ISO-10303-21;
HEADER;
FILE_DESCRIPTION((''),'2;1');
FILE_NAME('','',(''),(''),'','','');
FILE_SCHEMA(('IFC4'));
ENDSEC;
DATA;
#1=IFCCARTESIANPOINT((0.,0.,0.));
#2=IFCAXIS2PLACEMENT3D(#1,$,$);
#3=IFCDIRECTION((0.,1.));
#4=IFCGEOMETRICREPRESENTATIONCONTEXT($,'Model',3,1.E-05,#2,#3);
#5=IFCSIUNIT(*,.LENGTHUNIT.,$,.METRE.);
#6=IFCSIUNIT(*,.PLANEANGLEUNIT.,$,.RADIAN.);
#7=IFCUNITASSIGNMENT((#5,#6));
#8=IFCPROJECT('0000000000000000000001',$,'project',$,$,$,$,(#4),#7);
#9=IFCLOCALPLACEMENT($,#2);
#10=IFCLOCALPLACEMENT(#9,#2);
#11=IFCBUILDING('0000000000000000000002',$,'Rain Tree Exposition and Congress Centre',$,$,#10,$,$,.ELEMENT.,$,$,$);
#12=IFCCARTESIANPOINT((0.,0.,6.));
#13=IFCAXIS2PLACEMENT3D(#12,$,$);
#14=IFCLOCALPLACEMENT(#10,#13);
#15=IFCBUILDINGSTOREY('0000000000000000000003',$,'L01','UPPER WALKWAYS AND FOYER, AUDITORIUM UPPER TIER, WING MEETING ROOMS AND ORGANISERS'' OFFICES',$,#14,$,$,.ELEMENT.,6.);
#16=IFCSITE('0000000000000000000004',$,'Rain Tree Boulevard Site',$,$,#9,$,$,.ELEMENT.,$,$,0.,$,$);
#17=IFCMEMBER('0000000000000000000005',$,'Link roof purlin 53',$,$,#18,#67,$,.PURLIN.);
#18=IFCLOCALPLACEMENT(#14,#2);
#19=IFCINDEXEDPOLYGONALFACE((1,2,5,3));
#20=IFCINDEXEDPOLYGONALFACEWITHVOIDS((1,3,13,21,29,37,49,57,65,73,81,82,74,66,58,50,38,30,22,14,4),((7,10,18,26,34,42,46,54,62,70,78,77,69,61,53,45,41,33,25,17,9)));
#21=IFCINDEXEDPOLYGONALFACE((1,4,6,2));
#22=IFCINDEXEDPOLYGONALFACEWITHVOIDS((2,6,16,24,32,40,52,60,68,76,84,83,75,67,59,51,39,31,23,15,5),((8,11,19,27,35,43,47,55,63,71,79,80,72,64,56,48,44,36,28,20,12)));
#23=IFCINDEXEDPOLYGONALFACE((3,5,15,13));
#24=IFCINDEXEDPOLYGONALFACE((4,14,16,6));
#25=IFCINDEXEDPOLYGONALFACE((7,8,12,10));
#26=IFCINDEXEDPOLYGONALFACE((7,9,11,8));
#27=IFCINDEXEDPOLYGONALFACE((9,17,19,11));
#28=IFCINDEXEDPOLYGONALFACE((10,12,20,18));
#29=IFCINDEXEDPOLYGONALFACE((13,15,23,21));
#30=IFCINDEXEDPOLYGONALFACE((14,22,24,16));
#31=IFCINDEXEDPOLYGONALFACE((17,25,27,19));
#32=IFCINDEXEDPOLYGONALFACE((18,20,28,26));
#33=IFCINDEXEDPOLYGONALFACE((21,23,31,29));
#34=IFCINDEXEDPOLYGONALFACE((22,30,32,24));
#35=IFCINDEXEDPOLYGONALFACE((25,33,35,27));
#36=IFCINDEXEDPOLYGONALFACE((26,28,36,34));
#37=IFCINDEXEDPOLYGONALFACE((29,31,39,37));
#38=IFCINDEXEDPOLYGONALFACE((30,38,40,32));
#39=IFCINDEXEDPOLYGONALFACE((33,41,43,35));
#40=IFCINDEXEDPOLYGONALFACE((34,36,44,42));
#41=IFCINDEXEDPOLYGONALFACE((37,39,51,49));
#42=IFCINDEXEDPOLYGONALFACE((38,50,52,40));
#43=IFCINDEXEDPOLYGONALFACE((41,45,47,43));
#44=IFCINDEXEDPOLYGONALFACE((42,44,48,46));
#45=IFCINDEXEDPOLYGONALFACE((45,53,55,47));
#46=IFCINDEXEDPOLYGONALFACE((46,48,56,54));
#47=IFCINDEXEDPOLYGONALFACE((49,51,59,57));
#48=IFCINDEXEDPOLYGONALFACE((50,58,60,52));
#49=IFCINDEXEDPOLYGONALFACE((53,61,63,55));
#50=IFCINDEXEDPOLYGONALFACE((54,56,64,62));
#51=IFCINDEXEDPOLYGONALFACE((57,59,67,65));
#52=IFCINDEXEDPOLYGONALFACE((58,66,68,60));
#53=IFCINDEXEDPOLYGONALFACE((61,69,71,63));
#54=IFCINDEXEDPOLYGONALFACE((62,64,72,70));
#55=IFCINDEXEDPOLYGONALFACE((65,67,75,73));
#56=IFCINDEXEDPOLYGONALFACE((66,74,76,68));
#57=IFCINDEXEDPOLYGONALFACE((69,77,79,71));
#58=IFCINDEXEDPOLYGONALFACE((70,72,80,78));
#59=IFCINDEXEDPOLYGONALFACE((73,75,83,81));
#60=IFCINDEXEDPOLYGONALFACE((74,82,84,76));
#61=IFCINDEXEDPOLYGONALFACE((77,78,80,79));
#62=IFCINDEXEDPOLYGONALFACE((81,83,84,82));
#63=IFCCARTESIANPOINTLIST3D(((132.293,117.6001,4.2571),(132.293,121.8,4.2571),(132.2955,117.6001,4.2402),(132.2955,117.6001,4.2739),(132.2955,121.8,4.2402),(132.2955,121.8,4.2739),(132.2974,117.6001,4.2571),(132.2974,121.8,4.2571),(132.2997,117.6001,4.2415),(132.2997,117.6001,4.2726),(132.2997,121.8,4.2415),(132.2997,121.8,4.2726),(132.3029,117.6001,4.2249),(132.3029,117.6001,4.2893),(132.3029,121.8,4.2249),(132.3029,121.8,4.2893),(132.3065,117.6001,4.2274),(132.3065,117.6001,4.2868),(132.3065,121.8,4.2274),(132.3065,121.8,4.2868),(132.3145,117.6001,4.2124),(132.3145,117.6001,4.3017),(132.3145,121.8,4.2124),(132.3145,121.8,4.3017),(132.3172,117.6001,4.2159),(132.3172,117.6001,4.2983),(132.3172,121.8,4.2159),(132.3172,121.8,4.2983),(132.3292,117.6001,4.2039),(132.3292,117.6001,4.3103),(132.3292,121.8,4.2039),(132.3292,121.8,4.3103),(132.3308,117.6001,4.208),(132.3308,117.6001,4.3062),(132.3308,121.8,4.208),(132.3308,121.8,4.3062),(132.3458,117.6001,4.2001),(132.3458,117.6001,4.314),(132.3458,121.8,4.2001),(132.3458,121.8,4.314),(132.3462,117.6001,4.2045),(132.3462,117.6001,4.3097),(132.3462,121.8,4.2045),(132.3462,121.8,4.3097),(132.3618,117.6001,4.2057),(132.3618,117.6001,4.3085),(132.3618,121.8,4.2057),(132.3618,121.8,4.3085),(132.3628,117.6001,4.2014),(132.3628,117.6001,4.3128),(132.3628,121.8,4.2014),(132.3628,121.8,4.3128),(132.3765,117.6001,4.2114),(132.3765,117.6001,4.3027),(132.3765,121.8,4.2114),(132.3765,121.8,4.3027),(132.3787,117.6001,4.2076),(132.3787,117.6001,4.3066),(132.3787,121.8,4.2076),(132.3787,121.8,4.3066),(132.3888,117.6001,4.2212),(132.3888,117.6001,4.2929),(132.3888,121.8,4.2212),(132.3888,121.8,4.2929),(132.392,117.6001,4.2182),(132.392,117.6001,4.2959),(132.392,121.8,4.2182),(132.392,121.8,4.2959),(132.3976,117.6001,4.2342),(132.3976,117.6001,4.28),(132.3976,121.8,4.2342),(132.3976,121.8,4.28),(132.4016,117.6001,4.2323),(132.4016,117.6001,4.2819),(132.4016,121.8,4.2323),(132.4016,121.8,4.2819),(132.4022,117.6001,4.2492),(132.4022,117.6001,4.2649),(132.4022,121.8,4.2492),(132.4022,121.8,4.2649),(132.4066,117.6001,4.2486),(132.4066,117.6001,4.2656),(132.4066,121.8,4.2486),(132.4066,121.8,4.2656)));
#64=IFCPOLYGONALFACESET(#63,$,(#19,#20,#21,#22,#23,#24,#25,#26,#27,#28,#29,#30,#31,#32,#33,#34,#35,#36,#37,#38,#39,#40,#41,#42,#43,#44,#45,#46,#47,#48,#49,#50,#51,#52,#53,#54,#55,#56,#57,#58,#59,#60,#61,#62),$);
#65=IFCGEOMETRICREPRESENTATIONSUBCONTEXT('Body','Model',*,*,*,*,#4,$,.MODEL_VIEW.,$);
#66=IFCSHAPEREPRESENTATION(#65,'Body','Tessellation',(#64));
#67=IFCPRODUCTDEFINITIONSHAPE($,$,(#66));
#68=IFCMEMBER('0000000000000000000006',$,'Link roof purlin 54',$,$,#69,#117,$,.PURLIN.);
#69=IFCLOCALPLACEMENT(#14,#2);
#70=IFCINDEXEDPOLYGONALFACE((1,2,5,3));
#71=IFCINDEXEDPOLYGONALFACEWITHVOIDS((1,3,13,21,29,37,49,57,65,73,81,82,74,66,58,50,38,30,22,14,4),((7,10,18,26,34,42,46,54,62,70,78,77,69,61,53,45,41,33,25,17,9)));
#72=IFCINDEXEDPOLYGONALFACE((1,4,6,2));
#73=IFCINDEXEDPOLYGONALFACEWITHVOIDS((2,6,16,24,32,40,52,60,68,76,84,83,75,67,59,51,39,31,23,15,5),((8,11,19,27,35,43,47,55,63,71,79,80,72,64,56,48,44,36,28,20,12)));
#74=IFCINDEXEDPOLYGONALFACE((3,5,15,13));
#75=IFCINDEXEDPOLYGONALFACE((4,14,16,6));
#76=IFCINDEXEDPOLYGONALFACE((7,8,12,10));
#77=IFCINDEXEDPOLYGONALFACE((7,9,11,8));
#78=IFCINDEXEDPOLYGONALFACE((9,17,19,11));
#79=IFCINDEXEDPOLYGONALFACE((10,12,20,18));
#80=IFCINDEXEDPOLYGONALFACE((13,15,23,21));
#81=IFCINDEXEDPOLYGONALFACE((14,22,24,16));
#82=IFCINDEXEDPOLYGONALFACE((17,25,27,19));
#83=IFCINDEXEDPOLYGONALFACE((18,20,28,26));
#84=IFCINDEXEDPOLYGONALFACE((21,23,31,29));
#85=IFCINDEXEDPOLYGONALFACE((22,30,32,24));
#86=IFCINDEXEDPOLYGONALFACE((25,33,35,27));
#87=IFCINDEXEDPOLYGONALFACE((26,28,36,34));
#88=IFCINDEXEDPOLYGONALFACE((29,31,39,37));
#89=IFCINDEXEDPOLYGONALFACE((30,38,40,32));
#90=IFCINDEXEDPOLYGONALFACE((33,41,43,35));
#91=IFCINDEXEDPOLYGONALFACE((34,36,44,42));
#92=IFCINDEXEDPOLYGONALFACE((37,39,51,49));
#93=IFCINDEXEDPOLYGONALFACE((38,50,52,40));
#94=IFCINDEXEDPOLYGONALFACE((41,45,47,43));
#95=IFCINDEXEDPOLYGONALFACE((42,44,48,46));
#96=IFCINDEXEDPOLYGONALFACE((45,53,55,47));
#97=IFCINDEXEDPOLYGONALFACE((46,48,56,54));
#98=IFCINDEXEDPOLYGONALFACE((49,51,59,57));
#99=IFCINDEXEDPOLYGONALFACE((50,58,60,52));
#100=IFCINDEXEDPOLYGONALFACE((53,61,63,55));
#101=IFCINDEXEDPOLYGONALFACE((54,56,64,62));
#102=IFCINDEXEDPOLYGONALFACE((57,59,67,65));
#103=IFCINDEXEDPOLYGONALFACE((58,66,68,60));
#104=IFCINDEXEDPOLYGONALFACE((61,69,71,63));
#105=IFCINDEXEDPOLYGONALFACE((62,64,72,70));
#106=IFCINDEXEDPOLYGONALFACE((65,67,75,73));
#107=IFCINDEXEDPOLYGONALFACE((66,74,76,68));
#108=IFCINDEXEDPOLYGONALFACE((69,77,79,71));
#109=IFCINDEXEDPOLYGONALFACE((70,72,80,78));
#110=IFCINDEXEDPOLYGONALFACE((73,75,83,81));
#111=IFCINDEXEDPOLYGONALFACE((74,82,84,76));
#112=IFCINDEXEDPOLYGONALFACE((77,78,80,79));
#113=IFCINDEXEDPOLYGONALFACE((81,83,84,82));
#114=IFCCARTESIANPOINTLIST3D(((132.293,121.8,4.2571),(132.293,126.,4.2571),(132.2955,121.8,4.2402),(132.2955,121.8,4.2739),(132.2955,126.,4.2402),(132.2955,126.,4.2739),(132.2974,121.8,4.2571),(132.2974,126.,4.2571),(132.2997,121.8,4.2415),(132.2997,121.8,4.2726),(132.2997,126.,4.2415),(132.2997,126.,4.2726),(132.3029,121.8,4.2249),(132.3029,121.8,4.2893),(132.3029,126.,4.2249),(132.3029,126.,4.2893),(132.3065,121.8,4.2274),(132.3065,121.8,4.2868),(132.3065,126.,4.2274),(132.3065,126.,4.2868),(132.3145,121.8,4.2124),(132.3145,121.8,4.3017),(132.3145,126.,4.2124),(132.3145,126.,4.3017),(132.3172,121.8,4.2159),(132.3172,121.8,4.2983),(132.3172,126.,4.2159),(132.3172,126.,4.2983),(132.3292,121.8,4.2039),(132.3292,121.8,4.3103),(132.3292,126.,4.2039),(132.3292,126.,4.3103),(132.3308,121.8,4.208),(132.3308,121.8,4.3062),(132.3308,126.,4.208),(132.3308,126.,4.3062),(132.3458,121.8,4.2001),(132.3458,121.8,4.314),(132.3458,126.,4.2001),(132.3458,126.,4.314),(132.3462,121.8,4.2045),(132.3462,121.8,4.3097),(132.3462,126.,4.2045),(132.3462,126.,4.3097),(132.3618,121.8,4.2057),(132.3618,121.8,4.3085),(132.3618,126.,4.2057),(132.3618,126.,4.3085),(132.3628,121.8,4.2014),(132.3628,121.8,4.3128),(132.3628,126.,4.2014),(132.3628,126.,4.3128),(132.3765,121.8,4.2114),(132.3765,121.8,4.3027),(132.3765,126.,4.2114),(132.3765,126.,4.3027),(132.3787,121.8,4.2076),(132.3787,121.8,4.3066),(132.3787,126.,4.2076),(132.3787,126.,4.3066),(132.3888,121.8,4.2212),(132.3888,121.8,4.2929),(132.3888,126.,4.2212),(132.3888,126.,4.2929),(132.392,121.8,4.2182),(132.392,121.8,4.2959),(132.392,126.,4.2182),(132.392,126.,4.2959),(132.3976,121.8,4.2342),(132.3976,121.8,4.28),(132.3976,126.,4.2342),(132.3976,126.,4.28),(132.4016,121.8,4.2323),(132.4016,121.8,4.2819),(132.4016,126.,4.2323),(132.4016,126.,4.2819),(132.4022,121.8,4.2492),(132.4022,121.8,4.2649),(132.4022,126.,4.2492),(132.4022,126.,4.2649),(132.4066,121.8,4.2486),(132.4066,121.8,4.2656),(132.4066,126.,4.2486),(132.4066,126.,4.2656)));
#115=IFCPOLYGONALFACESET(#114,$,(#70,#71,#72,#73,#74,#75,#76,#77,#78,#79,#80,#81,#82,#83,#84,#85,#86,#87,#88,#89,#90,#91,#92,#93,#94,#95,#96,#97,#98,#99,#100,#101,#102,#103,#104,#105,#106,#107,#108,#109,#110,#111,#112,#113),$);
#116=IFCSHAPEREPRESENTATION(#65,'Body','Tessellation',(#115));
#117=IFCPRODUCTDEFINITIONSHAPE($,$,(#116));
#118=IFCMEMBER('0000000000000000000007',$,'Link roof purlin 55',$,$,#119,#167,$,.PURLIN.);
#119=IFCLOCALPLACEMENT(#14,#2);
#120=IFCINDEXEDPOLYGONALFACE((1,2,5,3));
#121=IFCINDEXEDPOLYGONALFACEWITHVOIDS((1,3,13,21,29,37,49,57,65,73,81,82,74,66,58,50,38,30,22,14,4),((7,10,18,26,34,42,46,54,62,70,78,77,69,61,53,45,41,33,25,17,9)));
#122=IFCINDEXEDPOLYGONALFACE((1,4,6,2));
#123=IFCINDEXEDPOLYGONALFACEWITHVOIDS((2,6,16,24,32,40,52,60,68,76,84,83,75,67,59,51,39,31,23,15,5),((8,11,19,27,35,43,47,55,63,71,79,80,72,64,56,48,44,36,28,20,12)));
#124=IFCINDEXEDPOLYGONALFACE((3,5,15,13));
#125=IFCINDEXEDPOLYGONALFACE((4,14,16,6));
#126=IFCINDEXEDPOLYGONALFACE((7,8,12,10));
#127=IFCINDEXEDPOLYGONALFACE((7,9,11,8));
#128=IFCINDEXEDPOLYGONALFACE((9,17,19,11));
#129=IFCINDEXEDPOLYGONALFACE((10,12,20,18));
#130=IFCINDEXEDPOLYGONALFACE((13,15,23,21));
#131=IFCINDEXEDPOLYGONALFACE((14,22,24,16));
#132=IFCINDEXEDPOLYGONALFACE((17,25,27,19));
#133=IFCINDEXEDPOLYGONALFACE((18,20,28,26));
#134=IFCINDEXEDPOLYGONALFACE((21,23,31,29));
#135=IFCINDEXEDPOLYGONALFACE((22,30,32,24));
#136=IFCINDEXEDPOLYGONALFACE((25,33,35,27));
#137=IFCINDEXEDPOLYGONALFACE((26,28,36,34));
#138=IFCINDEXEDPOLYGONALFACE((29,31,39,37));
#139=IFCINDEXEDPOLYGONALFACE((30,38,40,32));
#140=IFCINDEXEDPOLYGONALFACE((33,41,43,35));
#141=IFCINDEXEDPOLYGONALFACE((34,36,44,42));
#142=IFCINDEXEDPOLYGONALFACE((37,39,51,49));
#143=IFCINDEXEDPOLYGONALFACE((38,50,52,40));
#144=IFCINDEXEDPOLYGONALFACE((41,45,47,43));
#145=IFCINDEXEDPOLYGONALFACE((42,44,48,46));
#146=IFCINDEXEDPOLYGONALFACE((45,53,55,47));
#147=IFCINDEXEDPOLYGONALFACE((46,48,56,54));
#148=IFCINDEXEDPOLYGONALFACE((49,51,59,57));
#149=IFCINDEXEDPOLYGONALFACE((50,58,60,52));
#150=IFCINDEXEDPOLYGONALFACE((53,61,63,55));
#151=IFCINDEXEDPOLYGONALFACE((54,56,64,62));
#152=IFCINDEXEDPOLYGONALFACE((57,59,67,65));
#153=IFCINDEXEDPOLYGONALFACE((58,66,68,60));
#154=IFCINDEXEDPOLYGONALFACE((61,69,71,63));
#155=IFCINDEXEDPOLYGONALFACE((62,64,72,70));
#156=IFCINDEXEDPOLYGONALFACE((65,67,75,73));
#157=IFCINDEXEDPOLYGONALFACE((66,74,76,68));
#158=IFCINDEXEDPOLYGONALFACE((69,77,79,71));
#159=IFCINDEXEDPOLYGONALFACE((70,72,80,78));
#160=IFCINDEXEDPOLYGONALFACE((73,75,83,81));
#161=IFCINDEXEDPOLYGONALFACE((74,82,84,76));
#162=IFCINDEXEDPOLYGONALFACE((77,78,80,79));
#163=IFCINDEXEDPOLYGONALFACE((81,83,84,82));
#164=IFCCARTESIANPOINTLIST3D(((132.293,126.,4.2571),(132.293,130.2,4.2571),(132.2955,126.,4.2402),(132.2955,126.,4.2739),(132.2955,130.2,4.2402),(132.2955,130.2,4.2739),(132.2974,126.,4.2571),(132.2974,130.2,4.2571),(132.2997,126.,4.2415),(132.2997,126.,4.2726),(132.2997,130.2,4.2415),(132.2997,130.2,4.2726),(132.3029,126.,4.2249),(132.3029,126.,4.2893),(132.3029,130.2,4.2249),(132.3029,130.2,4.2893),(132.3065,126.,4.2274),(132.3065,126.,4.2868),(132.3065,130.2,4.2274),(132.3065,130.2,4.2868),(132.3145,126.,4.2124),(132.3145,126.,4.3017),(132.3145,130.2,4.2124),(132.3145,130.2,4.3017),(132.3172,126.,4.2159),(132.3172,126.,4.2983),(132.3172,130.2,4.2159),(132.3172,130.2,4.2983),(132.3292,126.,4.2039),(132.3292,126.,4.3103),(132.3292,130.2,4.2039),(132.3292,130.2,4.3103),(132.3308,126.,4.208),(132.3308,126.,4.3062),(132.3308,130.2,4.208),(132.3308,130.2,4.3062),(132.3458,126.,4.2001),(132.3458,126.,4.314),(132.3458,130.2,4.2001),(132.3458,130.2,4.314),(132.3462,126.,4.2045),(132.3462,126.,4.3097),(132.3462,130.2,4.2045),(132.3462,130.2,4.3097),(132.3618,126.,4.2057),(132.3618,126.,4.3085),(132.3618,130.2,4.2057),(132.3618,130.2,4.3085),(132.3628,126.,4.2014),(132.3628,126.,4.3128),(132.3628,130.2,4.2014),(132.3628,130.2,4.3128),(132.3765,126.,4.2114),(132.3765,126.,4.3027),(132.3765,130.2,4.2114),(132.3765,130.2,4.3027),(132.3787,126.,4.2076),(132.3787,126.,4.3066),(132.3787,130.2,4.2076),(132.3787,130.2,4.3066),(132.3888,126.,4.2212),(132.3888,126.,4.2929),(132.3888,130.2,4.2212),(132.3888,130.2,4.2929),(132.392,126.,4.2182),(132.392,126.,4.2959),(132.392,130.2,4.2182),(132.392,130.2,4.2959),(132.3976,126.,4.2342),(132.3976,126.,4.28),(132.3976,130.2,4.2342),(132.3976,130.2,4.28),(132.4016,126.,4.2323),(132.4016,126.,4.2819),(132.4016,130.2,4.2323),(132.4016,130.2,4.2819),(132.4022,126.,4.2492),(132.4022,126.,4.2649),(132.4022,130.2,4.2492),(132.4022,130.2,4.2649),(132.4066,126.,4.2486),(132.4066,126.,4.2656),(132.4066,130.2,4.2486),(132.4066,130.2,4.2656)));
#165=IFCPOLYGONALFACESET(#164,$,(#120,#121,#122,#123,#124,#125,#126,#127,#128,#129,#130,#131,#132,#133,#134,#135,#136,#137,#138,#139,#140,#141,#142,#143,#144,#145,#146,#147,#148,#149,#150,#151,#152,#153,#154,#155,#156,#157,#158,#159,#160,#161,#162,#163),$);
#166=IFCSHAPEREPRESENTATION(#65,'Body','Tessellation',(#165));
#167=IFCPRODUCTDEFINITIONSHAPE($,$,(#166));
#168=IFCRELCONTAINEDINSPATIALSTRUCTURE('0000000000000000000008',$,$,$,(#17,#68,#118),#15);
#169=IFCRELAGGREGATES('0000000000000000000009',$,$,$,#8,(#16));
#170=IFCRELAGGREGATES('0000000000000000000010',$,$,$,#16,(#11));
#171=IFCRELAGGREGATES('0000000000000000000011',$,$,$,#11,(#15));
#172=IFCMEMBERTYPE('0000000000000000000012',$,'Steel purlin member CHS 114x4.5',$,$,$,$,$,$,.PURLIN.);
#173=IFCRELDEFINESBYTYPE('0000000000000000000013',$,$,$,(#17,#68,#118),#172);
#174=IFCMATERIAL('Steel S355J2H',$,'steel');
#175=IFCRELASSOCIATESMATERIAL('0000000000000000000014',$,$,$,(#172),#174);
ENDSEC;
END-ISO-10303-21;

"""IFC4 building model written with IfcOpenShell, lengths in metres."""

from ifc_helpers import new_model, si_unit, direction, frame, origin, origin_2d, place, context, subcontext, project, spatial, hollow_circle, extrude, material, material_profile, profile_set, type_object, element, save


model = new_model("IFC4")

# Units and contexts
model_context = context("Model", 3, precision=1e-05, world=origin(), true_north=direction((0.0, 1.0)))
body_context = subcontext(model_context, "Body", "Model", "MODEL_VIEW")
ifc_project = project(units=[si_unit("LENGTHUNIT", "METRE"), si_unit("PLANEANGLEUNIT", "RADIAN")], contexts=[model_context])

# Site, building, storey
site_placement = place(None, origin())
site = spatial("IfcSite", under=ifc_project, at=site_placement, Name="Rain Tree Boulevard Site", CompositionType="ELEMENT", RefElevation=0.0)
building_placement = place(site_placement, origin())
building = spatial("IfcBuilding", under=site, at=building_placement, Name="Rain Tree Exposition and Congress Centre", CompositionType="ELEMENT")
storey_placement = place(building_placement, frame((0.0, 0.0, 6.0)))
storey = spatial("IfcBuildingStorey", under=building, at=storey_placement, Name="L01", Description="UPPER WALKWAYS AND FOYER, AUDITORIUM UPPER TIER, WING MEETING ROOMS AND ORGANISERS' OFFICES", CompositionType="ELEMENT", Elevation=6.0)

# Members
ifc_material_1 = material(Name="Steel S355J2H", Category="steel")
ifc_material_profile_1 = material_profile(ifc_material_1, hollow_circle(Radius=0.0571, WallThickness=0.0044, at=origin_2d()), Name="CHS 114x4.5")
ifc_profile_set_1 = profile_set([ifc_material_profile_1], Name="Steel S355J2H")
member_type = type_object("IfcMemberType", Name="Steel purlin member CHS 114x4.5", PredefinedType="PURLIN", material=ifc_profile_set_1)
for number, where, z_axis, x_axis, name in (
    (1, (132.3501, 117.6001, 4.2571), (0.0, 1.0, 0.0), (-1.0, 0.0, 0.0), "Link roof purlin 53"),
    (2, (132.3501, 121.8, 4.2571), (0.0, 1.0, 0.0), (-1.0, 0.0, 0.0), "Link roof purlin 54"),
    (3, (132.3501, 126.0, 4.2571), (0.0, 1.0, 0.0), (-1.0, 0.0, 0.0), "Link roof purlin 55"),
):
    element("IfcMember", number, at=place(storey_placement, frame(where, z_axis=z_axis, x_axis=x_axis)), inside=storey, type_object=member_type, Name=name, PredefinedType="PURLIN", context=body_context, shape_type="SweptSolid", body=[
        extrude(hollow_circle(Radius=0.0571, WallThickness=0.0044, at=origin_2d()), origin(), (0.0, 0.0, 1.0), 4.2),
    ])

save(model, "model.ifc")
